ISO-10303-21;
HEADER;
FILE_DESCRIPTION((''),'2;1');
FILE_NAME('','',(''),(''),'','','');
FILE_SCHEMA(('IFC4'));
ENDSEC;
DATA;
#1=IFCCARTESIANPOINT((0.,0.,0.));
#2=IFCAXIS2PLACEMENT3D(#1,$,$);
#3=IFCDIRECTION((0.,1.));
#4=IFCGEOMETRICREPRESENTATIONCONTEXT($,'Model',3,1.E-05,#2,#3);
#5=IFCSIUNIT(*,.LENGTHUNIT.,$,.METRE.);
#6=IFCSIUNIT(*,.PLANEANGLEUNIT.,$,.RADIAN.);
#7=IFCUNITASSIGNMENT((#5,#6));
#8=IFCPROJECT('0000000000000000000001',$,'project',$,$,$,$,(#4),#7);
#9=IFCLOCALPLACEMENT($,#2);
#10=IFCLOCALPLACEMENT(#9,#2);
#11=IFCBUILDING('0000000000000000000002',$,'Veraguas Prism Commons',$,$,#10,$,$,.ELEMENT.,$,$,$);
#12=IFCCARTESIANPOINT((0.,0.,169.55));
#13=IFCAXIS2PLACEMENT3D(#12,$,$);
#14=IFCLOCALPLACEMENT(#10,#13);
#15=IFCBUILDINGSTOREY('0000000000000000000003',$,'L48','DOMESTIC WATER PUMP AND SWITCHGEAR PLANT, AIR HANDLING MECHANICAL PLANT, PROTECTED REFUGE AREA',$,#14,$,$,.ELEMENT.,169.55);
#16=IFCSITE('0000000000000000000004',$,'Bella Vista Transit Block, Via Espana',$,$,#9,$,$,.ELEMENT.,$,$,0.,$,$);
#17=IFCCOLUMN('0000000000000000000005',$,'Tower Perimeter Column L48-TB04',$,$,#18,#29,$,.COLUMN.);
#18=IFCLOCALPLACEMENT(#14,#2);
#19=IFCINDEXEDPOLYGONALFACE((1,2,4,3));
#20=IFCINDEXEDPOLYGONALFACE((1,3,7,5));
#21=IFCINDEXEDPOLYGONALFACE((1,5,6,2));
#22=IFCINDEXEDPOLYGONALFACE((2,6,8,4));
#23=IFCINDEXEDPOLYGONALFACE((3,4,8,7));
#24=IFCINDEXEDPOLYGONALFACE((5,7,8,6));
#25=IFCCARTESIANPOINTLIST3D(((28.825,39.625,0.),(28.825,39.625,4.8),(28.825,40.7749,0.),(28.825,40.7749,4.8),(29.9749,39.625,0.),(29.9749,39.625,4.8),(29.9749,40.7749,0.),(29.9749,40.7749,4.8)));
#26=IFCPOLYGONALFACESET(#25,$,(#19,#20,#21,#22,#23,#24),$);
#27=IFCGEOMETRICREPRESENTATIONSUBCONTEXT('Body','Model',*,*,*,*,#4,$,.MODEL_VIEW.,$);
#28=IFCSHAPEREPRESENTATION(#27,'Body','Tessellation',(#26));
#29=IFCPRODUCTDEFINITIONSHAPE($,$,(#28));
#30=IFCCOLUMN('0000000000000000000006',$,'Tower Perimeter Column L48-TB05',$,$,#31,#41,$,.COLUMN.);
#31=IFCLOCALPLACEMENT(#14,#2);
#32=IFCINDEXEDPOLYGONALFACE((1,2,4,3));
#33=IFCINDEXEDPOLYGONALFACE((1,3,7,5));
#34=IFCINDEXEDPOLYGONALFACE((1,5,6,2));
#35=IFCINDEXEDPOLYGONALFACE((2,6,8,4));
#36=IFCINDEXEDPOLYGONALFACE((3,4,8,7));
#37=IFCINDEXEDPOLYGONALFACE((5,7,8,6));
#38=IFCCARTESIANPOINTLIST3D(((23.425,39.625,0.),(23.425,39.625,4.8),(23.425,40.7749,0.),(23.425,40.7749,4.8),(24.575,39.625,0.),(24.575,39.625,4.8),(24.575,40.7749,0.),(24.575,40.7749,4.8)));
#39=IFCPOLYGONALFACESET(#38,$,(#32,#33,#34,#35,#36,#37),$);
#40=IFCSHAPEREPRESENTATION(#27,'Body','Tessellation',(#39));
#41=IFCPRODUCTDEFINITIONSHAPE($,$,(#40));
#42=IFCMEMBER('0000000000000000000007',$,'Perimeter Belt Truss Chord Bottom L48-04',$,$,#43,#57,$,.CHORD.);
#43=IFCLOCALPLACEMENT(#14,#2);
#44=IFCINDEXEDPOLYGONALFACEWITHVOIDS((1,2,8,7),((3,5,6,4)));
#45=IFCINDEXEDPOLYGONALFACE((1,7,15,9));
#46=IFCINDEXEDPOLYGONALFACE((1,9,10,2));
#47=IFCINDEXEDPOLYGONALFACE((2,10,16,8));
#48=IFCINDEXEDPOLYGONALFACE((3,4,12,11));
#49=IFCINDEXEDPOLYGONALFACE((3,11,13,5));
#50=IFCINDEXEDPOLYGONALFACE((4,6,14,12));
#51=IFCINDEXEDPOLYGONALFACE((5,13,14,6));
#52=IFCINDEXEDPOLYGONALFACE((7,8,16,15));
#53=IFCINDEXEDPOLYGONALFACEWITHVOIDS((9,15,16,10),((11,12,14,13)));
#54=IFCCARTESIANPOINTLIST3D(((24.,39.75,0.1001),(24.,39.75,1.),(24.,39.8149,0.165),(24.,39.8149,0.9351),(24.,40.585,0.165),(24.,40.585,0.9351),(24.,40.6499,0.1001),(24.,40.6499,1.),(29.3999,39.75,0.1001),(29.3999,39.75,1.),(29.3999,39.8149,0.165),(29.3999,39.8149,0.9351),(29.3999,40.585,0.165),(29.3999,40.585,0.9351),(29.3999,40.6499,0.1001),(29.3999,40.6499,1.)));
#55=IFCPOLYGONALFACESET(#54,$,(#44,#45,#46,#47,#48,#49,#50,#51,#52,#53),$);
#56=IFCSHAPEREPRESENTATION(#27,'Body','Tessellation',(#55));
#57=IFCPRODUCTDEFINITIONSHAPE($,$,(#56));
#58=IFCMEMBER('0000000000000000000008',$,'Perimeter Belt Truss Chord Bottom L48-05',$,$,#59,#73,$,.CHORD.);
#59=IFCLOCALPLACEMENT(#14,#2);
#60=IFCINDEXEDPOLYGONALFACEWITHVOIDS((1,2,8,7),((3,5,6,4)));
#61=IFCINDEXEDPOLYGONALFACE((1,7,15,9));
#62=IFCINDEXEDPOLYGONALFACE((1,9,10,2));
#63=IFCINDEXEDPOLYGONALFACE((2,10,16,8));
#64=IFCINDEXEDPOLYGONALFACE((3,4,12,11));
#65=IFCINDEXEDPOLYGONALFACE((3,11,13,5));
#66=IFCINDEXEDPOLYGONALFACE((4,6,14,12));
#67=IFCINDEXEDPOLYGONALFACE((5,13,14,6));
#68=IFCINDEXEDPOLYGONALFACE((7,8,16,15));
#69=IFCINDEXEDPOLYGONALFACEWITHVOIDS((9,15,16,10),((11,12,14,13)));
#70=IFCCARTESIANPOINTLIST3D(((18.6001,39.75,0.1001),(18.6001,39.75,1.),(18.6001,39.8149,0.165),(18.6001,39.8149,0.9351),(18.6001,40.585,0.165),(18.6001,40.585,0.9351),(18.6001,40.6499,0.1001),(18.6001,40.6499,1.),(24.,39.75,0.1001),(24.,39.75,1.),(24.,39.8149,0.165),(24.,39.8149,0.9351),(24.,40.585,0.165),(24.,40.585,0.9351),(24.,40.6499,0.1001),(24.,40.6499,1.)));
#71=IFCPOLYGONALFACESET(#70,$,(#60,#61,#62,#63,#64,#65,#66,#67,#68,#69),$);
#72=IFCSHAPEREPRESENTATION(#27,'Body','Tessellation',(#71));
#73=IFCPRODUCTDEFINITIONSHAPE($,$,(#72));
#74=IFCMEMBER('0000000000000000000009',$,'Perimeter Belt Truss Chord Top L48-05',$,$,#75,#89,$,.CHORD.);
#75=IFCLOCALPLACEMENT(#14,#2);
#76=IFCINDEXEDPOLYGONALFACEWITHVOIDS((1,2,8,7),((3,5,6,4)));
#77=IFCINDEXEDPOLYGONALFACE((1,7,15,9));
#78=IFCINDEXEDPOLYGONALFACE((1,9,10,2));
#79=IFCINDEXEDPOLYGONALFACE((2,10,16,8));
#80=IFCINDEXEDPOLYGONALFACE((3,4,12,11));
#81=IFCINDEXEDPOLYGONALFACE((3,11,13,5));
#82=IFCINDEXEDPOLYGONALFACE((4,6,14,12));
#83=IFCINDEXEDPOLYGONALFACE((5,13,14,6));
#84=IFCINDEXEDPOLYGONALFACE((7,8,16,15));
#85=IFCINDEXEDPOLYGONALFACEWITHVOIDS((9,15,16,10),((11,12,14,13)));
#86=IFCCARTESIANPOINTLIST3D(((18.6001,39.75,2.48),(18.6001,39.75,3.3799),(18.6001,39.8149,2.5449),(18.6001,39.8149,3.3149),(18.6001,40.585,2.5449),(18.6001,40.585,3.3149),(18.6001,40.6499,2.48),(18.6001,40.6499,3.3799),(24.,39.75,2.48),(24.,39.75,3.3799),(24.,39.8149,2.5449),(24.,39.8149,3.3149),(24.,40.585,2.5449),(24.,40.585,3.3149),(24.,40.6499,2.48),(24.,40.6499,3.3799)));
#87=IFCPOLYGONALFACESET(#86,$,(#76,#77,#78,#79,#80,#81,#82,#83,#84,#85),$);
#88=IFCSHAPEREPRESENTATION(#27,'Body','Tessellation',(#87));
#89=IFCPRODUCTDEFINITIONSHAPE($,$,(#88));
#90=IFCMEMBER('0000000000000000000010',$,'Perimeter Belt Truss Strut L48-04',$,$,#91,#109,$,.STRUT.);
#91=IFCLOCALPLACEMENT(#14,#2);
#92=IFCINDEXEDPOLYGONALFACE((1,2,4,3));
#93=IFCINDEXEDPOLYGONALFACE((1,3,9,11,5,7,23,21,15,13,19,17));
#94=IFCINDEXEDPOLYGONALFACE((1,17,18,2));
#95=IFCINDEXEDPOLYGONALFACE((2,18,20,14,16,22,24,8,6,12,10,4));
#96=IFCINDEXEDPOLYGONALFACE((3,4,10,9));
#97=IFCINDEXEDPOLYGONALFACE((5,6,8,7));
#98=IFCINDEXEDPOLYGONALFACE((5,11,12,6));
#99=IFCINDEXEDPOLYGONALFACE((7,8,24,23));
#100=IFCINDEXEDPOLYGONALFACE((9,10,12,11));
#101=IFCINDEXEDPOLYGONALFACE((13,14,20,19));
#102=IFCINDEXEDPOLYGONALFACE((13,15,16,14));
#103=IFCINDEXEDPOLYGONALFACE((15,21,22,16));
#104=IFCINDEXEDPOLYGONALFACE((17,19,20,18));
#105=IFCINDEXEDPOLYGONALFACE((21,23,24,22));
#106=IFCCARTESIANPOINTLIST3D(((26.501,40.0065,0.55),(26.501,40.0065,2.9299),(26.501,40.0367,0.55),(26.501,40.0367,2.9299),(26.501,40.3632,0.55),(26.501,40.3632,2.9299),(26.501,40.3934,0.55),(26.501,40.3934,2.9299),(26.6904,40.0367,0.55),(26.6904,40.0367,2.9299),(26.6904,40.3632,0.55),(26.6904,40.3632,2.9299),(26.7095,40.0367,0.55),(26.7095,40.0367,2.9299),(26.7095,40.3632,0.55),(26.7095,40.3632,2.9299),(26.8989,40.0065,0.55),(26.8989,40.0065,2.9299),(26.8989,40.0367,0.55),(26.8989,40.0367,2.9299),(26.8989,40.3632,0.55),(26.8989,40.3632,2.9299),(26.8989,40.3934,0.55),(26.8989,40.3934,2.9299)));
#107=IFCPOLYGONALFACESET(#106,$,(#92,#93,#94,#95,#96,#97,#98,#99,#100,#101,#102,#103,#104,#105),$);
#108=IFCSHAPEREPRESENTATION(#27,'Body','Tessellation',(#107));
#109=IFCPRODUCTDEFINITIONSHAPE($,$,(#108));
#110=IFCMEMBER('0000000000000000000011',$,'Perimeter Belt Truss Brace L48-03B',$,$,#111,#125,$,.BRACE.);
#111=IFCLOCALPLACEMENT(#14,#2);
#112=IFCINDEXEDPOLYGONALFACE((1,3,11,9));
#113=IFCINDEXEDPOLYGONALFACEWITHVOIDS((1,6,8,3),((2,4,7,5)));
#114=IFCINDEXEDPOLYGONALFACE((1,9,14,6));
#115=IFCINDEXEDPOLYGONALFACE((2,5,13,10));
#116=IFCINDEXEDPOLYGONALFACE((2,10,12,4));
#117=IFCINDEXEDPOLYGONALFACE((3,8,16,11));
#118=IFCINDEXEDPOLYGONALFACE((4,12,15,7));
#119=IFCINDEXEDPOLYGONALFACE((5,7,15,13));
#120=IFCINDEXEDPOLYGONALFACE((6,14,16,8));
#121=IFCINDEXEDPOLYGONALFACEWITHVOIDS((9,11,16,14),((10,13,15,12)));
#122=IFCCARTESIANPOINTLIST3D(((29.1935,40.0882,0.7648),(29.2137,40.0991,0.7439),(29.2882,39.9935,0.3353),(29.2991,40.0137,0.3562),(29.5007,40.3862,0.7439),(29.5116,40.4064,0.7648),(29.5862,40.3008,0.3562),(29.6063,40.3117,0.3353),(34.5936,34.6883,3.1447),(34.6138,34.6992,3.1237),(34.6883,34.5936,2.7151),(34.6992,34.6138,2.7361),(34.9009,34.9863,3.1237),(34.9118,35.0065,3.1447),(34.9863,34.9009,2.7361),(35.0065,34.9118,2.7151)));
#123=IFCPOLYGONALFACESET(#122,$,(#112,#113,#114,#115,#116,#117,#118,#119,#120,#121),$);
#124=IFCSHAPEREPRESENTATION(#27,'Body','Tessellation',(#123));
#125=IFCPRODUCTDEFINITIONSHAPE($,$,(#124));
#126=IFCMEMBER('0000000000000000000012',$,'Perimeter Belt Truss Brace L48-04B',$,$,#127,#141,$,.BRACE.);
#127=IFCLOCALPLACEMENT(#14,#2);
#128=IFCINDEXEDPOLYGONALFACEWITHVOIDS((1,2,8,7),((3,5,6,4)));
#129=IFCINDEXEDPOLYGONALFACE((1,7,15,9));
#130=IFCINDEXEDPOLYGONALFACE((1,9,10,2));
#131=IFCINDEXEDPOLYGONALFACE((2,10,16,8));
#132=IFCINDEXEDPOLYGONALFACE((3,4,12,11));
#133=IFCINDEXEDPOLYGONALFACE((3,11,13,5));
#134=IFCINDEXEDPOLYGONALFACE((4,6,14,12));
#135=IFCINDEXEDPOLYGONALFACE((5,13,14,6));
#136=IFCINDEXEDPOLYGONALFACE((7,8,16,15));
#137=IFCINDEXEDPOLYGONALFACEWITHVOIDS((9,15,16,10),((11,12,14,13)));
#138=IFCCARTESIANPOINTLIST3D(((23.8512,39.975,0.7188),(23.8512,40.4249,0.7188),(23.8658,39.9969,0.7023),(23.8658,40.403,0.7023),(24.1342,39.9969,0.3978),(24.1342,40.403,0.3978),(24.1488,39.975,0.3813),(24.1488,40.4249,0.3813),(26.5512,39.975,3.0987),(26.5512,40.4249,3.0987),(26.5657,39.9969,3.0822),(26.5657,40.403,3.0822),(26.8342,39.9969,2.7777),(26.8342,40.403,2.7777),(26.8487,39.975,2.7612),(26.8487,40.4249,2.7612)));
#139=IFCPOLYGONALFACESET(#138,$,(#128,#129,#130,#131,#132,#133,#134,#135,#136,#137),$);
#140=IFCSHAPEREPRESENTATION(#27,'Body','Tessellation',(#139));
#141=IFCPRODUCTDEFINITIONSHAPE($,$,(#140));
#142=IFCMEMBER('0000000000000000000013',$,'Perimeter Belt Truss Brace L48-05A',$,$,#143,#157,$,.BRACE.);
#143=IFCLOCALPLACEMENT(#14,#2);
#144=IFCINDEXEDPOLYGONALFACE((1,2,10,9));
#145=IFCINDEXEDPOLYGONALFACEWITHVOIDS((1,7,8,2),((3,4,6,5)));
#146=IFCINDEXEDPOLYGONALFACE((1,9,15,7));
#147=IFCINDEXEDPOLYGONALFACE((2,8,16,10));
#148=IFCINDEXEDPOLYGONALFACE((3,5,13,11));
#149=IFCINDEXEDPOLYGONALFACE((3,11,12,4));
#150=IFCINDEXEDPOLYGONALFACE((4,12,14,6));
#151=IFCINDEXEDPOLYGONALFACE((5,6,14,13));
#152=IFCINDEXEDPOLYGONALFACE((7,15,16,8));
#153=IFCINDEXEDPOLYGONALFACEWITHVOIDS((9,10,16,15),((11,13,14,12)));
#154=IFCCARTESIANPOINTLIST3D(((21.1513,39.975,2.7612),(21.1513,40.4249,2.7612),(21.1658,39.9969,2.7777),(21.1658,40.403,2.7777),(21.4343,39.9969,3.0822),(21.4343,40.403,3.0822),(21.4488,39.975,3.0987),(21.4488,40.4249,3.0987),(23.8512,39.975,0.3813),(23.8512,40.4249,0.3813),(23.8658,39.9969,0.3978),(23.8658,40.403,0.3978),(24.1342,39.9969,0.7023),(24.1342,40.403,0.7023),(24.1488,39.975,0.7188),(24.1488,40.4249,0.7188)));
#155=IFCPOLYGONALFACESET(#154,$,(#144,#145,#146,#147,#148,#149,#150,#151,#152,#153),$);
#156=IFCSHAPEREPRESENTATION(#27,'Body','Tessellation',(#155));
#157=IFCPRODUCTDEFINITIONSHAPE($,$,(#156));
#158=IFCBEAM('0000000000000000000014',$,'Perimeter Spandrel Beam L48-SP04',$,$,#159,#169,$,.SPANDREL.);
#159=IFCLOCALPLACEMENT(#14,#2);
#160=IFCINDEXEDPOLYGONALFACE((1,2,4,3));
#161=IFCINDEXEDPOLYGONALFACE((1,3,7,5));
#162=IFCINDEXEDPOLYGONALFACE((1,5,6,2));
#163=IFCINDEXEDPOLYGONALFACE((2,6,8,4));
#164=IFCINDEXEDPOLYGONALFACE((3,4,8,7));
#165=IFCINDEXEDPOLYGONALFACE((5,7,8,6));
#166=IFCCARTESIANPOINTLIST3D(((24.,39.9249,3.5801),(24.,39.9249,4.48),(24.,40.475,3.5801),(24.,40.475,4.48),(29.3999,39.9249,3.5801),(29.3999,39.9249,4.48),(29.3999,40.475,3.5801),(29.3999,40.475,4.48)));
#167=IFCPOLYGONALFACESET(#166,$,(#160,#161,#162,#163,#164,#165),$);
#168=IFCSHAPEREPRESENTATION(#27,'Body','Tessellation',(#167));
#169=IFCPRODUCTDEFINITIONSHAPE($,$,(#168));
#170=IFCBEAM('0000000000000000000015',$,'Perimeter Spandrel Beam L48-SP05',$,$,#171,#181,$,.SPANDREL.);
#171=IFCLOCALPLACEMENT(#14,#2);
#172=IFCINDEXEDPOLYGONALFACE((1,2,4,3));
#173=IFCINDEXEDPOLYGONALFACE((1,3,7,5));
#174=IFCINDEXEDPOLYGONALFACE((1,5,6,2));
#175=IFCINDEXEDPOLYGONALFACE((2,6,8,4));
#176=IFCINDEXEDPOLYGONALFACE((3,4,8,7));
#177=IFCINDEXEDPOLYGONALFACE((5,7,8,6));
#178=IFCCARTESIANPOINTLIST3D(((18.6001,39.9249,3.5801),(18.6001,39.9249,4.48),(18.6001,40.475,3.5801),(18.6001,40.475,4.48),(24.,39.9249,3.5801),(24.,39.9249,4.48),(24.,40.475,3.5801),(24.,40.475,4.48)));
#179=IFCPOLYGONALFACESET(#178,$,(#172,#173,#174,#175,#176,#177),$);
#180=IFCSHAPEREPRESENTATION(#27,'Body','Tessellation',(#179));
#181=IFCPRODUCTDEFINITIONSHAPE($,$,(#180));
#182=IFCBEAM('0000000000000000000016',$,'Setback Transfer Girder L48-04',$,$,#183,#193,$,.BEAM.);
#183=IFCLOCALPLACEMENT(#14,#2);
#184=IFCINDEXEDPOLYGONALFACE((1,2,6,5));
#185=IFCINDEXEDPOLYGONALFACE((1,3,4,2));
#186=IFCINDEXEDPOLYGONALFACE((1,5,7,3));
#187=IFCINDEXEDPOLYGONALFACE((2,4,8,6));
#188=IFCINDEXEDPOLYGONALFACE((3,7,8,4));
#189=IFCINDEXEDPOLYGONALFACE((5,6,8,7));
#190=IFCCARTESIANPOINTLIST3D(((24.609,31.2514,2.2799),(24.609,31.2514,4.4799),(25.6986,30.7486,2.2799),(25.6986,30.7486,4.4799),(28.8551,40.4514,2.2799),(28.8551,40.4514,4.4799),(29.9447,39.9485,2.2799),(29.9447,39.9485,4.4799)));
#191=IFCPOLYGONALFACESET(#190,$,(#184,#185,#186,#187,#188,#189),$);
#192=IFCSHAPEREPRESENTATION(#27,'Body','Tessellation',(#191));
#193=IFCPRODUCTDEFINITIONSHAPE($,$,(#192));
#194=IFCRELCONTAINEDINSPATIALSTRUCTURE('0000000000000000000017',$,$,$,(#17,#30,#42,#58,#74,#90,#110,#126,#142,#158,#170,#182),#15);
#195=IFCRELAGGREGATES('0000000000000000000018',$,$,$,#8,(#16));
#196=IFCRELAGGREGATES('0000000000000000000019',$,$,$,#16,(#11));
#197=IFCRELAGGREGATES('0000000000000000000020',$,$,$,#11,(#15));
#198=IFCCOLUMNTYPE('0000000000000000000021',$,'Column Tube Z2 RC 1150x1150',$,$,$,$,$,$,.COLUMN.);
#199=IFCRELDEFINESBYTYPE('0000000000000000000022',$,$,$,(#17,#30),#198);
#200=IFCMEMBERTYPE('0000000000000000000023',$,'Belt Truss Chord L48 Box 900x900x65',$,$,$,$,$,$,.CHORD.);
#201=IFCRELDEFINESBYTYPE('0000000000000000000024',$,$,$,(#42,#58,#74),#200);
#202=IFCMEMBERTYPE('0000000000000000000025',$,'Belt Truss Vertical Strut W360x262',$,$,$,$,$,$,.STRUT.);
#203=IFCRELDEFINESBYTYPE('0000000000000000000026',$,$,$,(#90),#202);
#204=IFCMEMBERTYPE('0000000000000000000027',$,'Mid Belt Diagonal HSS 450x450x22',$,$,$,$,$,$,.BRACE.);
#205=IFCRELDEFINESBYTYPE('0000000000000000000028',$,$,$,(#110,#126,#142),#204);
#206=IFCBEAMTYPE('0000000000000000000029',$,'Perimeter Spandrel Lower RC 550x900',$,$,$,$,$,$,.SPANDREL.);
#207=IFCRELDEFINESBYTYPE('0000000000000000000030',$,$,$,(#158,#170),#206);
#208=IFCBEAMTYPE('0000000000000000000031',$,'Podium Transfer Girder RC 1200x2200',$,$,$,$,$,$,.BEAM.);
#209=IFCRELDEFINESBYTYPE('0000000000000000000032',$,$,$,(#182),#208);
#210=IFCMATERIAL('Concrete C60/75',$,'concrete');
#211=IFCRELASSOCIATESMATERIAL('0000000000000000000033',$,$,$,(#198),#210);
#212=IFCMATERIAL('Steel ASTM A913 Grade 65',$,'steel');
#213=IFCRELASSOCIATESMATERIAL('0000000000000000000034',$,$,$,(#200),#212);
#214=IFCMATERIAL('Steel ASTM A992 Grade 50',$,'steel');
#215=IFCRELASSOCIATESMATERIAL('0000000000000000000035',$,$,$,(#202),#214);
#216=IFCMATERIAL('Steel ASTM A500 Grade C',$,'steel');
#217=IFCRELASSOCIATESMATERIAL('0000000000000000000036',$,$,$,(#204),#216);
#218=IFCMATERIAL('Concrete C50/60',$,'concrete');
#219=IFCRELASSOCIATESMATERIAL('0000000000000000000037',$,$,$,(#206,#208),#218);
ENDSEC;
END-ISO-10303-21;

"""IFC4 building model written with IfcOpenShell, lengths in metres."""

from ifc_helpers import new_model, si_unit, direction, frame, origin, origin_2d, place, context, subcontext, project, spatial, rectangle, hollow_rectangle, i_section, extrude, material, material_profile, profile_set, type_object, element, save


model = new_model("IFC4")

# Units and contexts
model_context = context("Model", 3, precision=1e-05, world=origin(), true_north=direction((0.0, 1.0)))
body_context = subcontext(model_context, "Body", "Model", "MODEL_VIEW")
ifc_project = project(units=[si_unit("LENGTHUNIT", "METRE"), si_unit("PLANEANGLEUNIT", "RADIAN")], contexts=[model_context])

# Site, building, storey
site_placement = place(None, origin())
site = spatial("IfcSite", under=ifc_project, at=site_placement, Name="Bella Vista Transit Block, Via Espana", CompositionType="ELEMENT", RefElevation=0.0)
building_placement = place(site_placement, origin())
building = spatial("IfcBuilding", under=site, at=building_placement, Name="Veraguas Prism Commons", CompositionType="ELEMENT")
storey_placement = place(building_placement, frame((0.0, 0.0, 169.55)))
storey = spatial("IfcBuildingStorey", under=building, at=storey_placement, Name="L48", Description="DOMESTIC WATER PUMP AND SWITCHGEAR PLANT, AIR HANDLING MECHANICAL PLANT, PROTECTED REFUGE AREA", CompositionType="ELEMENT", Elevation=169.55)

# Columns
ifc_material_1 = material(Name="Concrete C60/75", Category="concrete")
ifc_material_profile_1 = material_profile(ifc_material_1, rectangle(XDim=1.1499, YDim=1.1499, at=origin_2d()), Name="RC1150X1150")
ifc_profile_set_1 = profile_set([ifc_material_profile_1], Name="Concrete C60/75")
column_type = type_object("IfcColumnType", Name="Column Tube Z2 RC 1150x1150", PredefinedType="COLUMN", material=ifc_profile_set_1)
for number, where, z_axis, x_axis, name in (
    (1, (29.3999, 40.2, 0.0), (0.0, 0.0, 1.0), (1.0, 0.0, 0.0), "Tower Perimeter Column L48-TB04"),
    (2, (24.0, 40.2, 0.0), (0.0, 0.0, 1.0), (1.0, 0.0, 0.0), "Tower Perimeter Column L48-TB05"),
):
    element("IfcColumn", number, at=place(storey_placement, frame(where, z_axis=z_axis, x_axis=x_axis)), inside=storey, type_object=column_type, Name=name, PredefinedType="COLUMN", context=body_context, shape_type="SweptSolid", body=[
        extrude(rectangle(XDim=1.1499, YDim=1.1499, at=origin_2d()), origin(), (0.0, 0.0, 1.0), 4.8),
    ])

# Members
ifc_material_2 = material(Name="Steel ASTM A913 Grade 65", Category="steel")
ifc_material_profile_2 = material_profile(ifc_material_2, hollow_rectangle(XDim=0.8999, YDim=0.8999, WallThickness=0.0649, at=origin_2d()), Name="BOX900X900X65")
ifc_profile_set_2 = profile_set([ifc_material_profile_2], Name="Steel ASTM A913 Grade 65")
member_type_1 = type_object("IfcMemberType", Name="Belt Truss Chord L48 Box 900x900x65", PredefinedType="CHORD", material=ifc_profile_set_2)
for number, where, z_axis, x_axis, name in (
    (3, (29.3999, 40.2, 0.55), (-1.0, 0.0, 0.0), (0.0, -1.0, 0.0), "Perimeter Belt Truss Chord Bottom L48-04"),
    (4, (24.0, 40.2, 0.55), (-1.0, 0.0, 0.0), (0.0, -1.0, 0.0), "Perimeter Belt Truss Chord Bottom L48-05"),
    (5, (24.0, 40.2, 2.9299), (-1.0, 0.0, 0.0), (0.0, -1.0, 0.0), "Perimeter Belt Truss Chord Top L48-05"),
):
    element("IfcMember", number, at=place(storey_placement, frame(where, z_axis=z_axis, x_axis=x_axis)), inside=storey, type_object=member_type_1, Name=name, PredefinedType="CHORD", context=body_context, shape_type="SweptSolid", body=[
        extrude(hollow_rectangle(XDim=0.8999, YDim=0.8999, WallThickness=0.0649, at=origin_2d()), origin(), (0.0, 0.0, 1.0), 5.3999),
    ])
ifc_material_3 = material(Name="Steel ASTM A992 Grade 50", Category="steel")
ifc_material_profile_3 = material_profile(ifc_material_3, i_section(OverallWidth=0.3979, OverallDepth=0.387, WebThickness=0.019, FlangeThickness=0.0303, at=origin_2d()), Name="W360X262")
ifc_profile_set_3 = profile_set([ifc_material_profile_3], Name="Steel ASTM A992 Grade 50")
member_type_2 = type_object("IfcMemberType", Name="Belt Truss Vertical Strut W360x262", PredefinedType="STRUT", material=ifc_profile_set_3)
member_1_placement = place(storey_placement, frame((26.7, 40.2, 0.55), z_axis=(0.0, 0.0, 1.0), x_axis=(-1.0, 0.0, 0.0)))
element("IfcMember", 6, at=member_1_placement, inside=storey, type_object=member_type_2, Name="Perimeter Belt Truss Strut L48-04", PredefinedType="STRUT", context=body_context, shape_type="SweptSolid", body=[
    extrude(i_section(OverallWidth=0.3979, OverallDepth=0.387, WebThickness=0.019, FlangeThickness=0.0303, at=origin_2d()), origin(), (0.0, 0.0, 1.0), 2.3799),
])
ifc_material_4 = material(Name="Steel ASTM A500 Grade C", Category="steel")
ifc_material_profile_4 = material_profile(ifc_material_4, hollow_rectangle(XDim=0.45, YDim=0.45, WallThickness=0.022, at=origin_2d()), Name="HSS450X450X22")
ifc_profile_set_4 = profile_set([ifc_material_profile_4], Name="Steel ASTM A500 Grade C")
member_type_3 = type_object("IfcMemberType", Name="Mid Belt Diagonal HSS 450x450x22", PredefinedType="BRACE", material=ifc_profile_set_4)
member_2_placement = place(storey_placement, frame((29.3999, 40.2, 0.55), z_axis=(0.675101, -0.67507, 0.297522), x_axis=(0.707091, 0.707123, 0.0)))
element("IfcMember", 7, at=member_2_placement, inside=storey, type_object=member_type_3, Name="Perimeter Belt Truss Brace L48-03B", PredefinedType="BRACE", context=body_context, shape_type="SweptSolid", body=[
    extrude(hollow_rectangle(XDim=0.45, YDim=0.45, WallThickness=0.022, at=origin_2d()), origin(), (0.0, 0.0, 1.0), 7.999),
])
for number, where, z_axis, x_axis, name in (
    (8, (24.0, 40.2, 0.55), (0.750172, 0.0, 0.661242), (0.0, 1.0, 0.0), "Perimeter Belt Truss Brace L48-04B"),
    (9, (24.0, 40.2, 0.55), (-0.750172, 0.0, 0.661242), (0.0, -1.0, 0.0), "Perimeter Belt Truss Brace L48-05A"),
):
    element("IfcMember", number, at=place(storey_placement, frame(where, z_axis=z_axis, x_axis=x_axis)), inside=storey, type_object=member_type_3, Name=name, PredefinedType="BRACE", context=body_context, shape_type="SweptSolid", body=[
        extrude(hollow_rectangle(XDim=0.45, YDim=0.45, WallThickness=0.022, at=origin_2d()), origin(), (0.0, 0.0, 1.0), 3.5991),
    ])

# Beams
ifc_material_5 = material(Name="Concrete C50/60", Category="concrete")
ifc_material_profile_5 = material_profile(ifc_material_5, rectangle(XDim=0.55, YDim=0.8999, at=origin_2d()), Name="RC550X900")
ifc_profile_set_5 = profile_set([ifc_material_profile_5], Name="Concrete C50/60")
beam_type_1 = type_object("IfcBeamType", Name="Perimeter Spandrel Lower RC 550x900", PredefinedType="SPANDREL", material=ifc_profile_set_5)
for number, where, z_axis, x_axis, name in (
    (10, (29.3999, 40.2, 4.03), (-1.0, 0.0, 0.0), (0.0, -1.0, 0.0), "Perimeter Spandrel Beam L48-SP04"),
    (11, (24.0, 40.2, 4.03), (-1.0, 0.0, 0.0), (0.0, -1.0, 0.0), "Perimeter Spandrel Beam L48-SP05"),
):
    element("IfcBeam", number, at=place(storey_placement, frame(where, z_axis=z_axis, x_axis=x_axis)), inside=storey, type_object=beam_type_1, Name=name, PredefinedType="SPANDREL", context=body_context, shape_type="SweptSolid", body=[
        extrude(rectangle(XDim=0.55, YDim=0.8999, at=origin_2d()), origin(), (0.0, 0.0, 1.0), 5.3999),
    ])
ifc_material_profile_6 = material_profile(ifc_material_5, rectangle(XDim=1.2, YDim=2.2, at=origin_2d()), Name="RC1200X2200")
ifc_profile_set_6 = profile_set([ifc_material_profile_6], Name="Concrete C50/60")
beam_type_2 = type_object("IfcBeamType", Name="Podium Transfer Girder RC 1200x2200", PredefinedType="BEAM", material=ifc_profile_set_6)
beam_1_placement = place(storey_placement, frame((29.3999, 40.2, 3.3799), z_axis=(-0.419055, -0.907961, 0.0), x_axis=(0.907961, -0.419055, 0.0)))
element("IfcBeam", 12, at=beam_1_placement, inside=storey, type_object=beam_type_2, Name="Setback Transfer Girder L48-04", PredefinedType="BEAM", context=body_context, shape_type="SweptSolid", body=[
    extrude(rectangle(XDim=1.2, YDim=2.2, at=origin_2d()), origin(), (0.0, 0.0, 1.0), 10.1326),
])

save(model, "model.ifc")
